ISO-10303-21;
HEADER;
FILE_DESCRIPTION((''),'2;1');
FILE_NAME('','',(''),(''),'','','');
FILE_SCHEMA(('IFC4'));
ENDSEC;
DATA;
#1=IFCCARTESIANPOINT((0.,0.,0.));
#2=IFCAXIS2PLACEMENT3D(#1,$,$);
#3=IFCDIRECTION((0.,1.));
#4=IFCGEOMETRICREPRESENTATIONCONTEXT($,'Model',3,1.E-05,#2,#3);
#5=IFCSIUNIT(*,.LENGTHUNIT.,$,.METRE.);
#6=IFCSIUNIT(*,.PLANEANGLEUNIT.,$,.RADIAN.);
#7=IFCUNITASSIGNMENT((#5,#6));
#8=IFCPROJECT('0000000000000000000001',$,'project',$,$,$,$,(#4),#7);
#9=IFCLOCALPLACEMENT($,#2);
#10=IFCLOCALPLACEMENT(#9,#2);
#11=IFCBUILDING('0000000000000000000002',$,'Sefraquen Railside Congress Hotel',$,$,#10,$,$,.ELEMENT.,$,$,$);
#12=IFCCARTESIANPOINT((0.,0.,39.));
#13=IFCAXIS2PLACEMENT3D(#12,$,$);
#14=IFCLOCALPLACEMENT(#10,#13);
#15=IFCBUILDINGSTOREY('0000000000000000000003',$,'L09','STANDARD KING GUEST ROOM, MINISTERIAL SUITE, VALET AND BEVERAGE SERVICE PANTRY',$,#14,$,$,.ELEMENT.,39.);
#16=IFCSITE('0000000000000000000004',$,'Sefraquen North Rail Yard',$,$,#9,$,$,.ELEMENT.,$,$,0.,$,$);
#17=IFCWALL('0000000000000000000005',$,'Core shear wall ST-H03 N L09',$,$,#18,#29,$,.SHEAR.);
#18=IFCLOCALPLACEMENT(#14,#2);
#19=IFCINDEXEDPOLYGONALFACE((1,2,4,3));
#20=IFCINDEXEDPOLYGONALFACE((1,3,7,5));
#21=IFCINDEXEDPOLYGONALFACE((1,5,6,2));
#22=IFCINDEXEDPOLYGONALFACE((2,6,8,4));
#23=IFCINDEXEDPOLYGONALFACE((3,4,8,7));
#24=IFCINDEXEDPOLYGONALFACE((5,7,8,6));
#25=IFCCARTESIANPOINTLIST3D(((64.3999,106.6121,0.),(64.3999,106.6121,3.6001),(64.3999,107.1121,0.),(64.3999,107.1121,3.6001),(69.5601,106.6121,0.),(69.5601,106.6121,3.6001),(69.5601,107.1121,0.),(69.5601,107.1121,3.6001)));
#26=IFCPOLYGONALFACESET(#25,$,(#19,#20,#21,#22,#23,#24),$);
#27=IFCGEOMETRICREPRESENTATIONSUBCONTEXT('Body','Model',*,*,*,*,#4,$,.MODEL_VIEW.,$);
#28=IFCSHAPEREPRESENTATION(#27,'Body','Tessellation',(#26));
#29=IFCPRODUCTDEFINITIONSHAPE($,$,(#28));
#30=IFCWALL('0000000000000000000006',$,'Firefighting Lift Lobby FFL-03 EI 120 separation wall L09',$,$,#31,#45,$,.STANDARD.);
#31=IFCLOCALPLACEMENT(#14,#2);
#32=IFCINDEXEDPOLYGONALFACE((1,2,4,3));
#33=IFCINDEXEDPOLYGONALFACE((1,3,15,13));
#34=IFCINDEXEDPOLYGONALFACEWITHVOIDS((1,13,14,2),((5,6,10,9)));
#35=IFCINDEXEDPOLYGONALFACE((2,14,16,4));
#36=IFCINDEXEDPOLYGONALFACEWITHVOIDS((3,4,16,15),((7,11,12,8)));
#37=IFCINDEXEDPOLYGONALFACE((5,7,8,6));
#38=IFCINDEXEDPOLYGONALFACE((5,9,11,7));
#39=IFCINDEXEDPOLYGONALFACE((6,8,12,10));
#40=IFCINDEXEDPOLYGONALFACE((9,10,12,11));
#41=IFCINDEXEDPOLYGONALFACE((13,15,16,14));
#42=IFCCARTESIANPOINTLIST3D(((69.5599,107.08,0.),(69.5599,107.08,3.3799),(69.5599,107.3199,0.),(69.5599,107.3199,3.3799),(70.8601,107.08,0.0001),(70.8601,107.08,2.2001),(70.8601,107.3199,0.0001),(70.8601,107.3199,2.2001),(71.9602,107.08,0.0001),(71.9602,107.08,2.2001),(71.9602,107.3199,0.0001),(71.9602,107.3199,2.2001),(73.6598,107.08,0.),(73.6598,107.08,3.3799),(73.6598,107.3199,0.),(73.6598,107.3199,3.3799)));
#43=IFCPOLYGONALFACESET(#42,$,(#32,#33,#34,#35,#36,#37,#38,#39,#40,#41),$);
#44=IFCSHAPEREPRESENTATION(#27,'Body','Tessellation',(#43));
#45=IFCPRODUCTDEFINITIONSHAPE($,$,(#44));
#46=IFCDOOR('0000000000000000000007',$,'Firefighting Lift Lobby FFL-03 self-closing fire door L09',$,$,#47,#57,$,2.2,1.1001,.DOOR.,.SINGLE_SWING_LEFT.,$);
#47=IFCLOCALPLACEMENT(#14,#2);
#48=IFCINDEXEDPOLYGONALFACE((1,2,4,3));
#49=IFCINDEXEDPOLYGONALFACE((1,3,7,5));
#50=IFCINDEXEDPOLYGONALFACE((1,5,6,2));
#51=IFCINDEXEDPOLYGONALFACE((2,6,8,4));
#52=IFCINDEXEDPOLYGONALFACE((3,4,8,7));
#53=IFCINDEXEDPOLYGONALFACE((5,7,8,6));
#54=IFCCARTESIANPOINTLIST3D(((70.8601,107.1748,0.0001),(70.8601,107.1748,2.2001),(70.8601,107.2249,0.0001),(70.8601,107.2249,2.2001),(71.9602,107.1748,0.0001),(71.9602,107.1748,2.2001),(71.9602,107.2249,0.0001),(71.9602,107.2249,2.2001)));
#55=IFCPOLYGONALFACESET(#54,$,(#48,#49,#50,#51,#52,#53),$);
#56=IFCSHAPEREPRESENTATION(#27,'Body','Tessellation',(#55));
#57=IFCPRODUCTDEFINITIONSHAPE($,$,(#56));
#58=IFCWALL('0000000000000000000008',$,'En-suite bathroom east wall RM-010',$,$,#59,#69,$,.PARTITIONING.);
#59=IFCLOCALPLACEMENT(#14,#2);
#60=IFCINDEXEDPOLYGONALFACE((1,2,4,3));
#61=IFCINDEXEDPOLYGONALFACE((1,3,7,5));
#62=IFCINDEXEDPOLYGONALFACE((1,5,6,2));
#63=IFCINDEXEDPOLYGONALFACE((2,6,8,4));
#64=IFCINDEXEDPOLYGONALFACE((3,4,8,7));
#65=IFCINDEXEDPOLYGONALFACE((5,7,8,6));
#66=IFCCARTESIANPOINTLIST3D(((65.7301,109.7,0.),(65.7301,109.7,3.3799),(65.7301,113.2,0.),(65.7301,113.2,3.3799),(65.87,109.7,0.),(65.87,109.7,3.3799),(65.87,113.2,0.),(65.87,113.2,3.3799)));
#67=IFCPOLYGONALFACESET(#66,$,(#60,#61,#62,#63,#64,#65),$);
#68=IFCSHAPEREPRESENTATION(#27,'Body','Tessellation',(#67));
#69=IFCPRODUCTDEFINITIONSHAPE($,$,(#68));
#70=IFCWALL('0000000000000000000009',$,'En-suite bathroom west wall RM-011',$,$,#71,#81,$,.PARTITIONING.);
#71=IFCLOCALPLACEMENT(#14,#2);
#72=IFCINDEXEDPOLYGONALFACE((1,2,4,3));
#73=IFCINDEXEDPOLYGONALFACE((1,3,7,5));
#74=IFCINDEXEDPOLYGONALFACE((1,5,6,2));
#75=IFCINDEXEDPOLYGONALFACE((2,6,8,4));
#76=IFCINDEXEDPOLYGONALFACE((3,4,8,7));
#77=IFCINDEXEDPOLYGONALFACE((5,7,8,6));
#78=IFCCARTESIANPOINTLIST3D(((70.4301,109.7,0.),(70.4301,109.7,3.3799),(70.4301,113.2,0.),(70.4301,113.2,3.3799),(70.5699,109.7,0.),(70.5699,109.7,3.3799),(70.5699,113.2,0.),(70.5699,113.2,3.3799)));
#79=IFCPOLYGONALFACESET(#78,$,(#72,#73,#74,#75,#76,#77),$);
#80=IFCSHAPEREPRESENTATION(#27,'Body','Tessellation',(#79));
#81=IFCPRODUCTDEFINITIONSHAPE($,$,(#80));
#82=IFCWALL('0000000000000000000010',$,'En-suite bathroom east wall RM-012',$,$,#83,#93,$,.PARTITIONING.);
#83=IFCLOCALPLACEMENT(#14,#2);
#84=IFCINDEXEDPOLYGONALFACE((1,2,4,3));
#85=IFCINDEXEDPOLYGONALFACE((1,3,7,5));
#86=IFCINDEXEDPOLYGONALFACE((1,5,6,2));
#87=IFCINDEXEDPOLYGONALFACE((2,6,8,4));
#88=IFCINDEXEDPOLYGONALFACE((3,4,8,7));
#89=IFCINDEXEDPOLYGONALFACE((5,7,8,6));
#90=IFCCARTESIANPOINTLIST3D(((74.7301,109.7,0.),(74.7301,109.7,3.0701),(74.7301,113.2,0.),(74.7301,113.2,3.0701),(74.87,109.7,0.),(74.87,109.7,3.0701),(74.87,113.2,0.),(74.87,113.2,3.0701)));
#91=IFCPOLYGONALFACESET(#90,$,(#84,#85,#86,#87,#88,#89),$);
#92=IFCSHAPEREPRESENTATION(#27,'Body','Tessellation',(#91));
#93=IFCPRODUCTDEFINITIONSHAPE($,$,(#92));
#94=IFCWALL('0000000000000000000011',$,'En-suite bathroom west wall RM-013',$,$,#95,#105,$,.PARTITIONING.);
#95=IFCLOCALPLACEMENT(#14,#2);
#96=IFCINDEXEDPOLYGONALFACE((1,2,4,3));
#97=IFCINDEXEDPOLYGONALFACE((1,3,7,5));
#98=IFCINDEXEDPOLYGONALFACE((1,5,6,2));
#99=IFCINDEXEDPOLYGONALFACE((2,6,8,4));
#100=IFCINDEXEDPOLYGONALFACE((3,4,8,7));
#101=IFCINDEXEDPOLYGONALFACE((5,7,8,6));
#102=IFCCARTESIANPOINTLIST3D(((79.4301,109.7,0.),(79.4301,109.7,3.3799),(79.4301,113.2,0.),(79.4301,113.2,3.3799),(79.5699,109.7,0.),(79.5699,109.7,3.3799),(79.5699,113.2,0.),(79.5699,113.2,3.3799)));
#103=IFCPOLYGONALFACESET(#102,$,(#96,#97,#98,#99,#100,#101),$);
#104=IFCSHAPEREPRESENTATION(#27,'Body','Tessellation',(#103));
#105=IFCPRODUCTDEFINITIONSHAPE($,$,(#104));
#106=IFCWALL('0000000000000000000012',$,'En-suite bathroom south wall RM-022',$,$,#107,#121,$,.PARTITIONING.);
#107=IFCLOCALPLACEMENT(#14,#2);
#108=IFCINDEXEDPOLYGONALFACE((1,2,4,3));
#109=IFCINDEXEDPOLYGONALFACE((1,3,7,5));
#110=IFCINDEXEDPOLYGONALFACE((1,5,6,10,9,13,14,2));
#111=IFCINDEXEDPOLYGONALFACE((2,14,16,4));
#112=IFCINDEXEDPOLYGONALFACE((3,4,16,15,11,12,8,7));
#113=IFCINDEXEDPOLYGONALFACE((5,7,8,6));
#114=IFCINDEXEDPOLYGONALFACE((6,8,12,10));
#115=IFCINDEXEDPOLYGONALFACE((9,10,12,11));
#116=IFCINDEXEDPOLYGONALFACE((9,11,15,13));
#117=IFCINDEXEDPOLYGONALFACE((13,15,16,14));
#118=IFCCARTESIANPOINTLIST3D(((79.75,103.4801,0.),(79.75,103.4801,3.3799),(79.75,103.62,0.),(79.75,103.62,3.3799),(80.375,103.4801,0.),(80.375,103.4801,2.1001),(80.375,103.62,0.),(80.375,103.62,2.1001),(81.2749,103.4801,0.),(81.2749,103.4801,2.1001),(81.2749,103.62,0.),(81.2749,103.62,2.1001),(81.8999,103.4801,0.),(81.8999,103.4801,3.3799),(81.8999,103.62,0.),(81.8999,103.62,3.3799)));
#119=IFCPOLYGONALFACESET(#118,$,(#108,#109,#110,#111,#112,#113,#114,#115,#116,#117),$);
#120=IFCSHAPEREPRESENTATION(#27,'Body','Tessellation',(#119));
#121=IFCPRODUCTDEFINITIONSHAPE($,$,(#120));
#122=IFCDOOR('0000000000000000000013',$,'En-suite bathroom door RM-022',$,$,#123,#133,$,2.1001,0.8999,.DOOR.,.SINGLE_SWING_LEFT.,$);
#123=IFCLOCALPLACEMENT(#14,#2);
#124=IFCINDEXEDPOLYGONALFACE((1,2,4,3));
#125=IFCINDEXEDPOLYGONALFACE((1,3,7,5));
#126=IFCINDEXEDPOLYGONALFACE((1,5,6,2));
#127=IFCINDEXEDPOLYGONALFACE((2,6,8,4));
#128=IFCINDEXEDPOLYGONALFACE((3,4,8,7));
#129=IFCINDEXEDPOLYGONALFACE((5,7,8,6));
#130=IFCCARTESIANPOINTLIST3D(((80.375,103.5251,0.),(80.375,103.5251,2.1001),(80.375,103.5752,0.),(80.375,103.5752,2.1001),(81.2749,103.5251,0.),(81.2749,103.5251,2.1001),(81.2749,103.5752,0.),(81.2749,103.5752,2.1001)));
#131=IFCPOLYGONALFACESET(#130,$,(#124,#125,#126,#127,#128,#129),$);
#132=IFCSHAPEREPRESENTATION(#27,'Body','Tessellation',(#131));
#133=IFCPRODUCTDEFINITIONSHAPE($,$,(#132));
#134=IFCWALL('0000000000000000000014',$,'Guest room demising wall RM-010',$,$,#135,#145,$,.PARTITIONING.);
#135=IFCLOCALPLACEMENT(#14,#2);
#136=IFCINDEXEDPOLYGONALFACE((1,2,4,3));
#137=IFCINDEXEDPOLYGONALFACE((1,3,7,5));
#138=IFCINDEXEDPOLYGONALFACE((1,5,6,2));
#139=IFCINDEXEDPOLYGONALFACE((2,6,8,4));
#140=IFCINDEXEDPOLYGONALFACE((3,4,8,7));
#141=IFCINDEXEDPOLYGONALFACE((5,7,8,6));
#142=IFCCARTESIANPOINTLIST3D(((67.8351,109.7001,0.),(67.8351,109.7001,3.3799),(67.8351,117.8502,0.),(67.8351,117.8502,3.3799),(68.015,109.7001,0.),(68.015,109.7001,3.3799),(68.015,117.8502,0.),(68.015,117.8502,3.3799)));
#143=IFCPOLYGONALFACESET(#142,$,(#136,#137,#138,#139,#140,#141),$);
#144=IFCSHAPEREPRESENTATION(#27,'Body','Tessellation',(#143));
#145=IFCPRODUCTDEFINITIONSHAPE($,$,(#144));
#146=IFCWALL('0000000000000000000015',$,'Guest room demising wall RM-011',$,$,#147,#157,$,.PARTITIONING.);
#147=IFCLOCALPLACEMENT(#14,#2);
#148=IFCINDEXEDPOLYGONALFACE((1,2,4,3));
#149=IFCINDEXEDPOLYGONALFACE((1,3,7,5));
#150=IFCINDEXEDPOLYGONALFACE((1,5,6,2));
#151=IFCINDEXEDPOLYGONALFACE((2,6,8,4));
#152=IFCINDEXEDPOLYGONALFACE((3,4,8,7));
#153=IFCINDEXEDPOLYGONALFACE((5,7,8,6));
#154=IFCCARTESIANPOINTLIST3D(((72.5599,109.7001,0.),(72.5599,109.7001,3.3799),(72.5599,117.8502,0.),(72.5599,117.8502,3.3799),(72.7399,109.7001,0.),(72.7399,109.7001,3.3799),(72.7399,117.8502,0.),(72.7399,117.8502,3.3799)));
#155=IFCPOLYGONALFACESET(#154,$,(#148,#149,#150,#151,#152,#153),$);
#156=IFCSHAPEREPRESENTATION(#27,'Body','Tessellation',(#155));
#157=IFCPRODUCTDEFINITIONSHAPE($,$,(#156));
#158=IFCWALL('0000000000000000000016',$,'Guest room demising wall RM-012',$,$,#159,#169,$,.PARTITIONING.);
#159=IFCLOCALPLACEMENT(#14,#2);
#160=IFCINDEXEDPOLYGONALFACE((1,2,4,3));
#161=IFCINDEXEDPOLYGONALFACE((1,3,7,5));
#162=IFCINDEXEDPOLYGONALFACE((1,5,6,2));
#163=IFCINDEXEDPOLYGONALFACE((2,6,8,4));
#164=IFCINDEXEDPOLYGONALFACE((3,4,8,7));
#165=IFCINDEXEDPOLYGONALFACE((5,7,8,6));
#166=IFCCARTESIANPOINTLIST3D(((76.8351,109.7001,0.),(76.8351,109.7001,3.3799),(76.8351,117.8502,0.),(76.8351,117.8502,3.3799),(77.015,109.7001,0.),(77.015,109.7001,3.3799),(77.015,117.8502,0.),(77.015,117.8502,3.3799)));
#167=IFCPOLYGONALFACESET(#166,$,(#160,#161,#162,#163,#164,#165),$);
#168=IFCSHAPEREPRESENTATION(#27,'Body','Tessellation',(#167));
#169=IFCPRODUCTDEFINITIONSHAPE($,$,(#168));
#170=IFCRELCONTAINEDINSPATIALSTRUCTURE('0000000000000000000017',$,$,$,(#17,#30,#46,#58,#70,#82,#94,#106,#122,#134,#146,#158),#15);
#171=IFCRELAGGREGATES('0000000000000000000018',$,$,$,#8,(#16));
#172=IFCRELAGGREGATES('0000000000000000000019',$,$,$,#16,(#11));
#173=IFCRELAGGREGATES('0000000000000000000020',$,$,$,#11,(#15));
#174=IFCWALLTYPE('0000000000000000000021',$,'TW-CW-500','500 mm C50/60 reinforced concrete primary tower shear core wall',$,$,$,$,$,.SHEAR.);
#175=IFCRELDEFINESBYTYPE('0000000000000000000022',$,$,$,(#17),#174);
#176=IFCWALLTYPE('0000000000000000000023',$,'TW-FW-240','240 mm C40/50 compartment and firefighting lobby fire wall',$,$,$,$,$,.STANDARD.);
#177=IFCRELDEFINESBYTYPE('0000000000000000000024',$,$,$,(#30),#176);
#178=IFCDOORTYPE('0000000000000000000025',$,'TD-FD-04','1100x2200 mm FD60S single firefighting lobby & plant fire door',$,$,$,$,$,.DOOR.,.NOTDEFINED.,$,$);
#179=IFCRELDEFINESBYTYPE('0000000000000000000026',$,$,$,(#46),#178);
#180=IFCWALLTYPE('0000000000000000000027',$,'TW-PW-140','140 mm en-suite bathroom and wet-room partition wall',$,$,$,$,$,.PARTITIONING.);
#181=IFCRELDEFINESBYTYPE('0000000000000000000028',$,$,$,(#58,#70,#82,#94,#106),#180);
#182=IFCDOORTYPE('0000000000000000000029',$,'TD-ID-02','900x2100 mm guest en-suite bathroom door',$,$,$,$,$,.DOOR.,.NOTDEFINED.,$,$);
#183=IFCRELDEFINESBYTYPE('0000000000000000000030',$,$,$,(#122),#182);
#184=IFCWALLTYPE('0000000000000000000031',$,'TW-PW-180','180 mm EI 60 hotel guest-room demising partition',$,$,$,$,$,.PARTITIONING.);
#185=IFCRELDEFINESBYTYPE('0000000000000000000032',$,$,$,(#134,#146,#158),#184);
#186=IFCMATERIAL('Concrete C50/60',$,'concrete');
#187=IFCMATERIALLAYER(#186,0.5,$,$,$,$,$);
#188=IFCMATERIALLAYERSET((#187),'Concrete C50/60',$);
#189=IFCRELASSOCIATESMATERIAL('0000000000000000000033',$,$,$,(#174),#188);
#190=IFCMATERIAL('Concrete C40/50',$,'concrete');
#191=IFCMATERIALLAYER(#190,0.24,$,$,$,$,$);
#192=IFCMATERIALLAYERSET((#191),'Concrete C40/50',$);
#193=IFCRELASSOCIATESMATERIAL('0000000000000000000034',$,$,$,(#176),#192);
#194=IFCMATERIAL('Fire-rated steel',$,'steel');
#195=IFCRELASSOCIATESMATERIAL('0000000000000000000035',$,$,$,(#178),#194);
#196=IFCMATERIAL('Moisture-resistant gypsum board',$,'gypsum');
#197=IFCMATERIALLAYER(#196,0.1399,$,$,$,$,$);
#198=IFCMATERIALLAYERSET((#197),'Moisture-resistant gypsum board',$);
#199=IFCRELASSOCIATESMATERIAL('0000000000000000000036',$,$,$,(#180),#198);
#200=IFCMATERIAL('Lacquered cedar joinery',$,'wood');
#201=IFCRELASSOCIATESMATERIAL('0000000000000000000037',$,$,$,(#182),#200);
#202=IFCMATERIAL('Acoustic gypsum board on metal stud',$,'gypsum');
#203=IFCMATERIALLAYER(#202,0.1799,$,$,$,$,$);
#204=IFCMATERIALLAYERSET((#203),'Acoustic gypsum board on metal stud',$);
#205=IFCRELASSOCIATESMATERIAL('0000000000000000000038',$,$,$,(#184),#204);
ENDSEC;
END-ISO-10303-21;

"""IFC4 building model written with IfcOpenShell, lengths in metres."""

from ifc_helpers import new_model, si_unit, direction, frame, frame_2d, origin, place, context, subcontext, project, spatial, rectangle, extrude, material, layer, layer_set, type_object, element, fill, save


model = new_model("IFC4")

# Units and contexts
model_context = context("Model", 3, precision=1e-05, world=origin(), true_north=direction((0.0, 1.0)))
body_context = subcontext(model_context, "Body", "Model", "MODEL_VIEW")
ifc_project = project(units=[si_unit("LENGTHUNIT", "METRE"), si_unit("PLANEANGLEUNIT", "RADIAN")], contexts=[model_context])

# Site, building, storey
site_placement = place(None, origin())
site = spatial("IfcSite", under=ifc_project, at=site_placement, Name="Sefraquen North Rail Yard", CompositionType="ELEMENT", RefElevation=0.0)
building_placement = place(site_placement, origin())
building = spatial("IfcBuilding", under=site, at=building_placement, Name="Sefraquen Railside Congress Hotel", CompositionType="ELEMENT")
storey_placement = place(building_placement, frame((0.0, 0.0, 39.0)))
storey = spatial("IfcBuildingStorey", under=building, at=storey_placement, Name="L09", Description="STANDARD KING GUEST ROOM, MINISTERIAL SUITE, VALET AND BEVERAGE SERVICE PANTRY", CompositionType="ELEMENT", Elevation=39.0)

# Wall
ifc_material_1 = material(Name="Concrete C50/60", Category="concrete")
ifc_layer_1 = layer(ifc_material_1, 0.5)
ifc_layer_set_1 = layer_set([ifc_layer_1], Name="Concrete C50/60")
wall_type_1 = type_object("IfcWallType", Name="TW-CW-500", Description="500 mm C50/60 reinforced concrete primary tower shear core wall", PredefinedType="SHEAR", material=ifc_layer_set_1)
wall_1_placement = place(storey_placement, frame((64.3999, 106.8621, 0.0), z_axis=(0.0, 0.0, 1.0), x_axis=(1.0, 0.0, 0.0)))
element("IfcWall", 1, at=wall_1_placement, inside=storey, type_object=wall_type_1, Name="Core shear wall ST-H03 N L09", PredefinedType="SHEAR", context=body_context, shape_type="SweptSolid", body=[
    extrude(rectangle(XDim=5.1602, YDim=0.5, at=frame_2d((2.5801, 0.0))), origin(), (0.0, 0.0, 1.0), 3.6001),
])

# Wall, opening, door
ifc_material_2 = material(Name="Concrete C40/50", Category="concrete")
ifc_layer_2 = layer(ifc_material_2, 0.24)
ifc_layer_set_2 = layer_set([ifc_layer_2], Name="Concrete C40/50")
wall_type_2 = type_object("IfcWallType", Name="TW-FW-240", Description="240 mm C40/50 compartment and firefighting lobby fire wall", PredefinedType="STANDARD", material=ifc_layer_set_2)
wall_2_placement = place(storey_placement, frame((69.5601, 107.2, 0.0), z_axis=(0.0, 0.0, 1.0), x_axis=(1.0, 0.0, 0.0)))
wall_2 = element("IfcWall", 2, at=wall_2_placement, inside=storey, type_object=wall_type_2, Name="Firefighting Lift Lobby FFL-03 EI 120 separation wall L09", PredefinedType="STANDARD", context=body_context, shape_type="SweptSolid", body=[
    extrude(rectangle(XDim=4.0999, YDim=0.24, at=frame_2d((2.0498, 0.0))), origin(), (0.0, 0.0, 1.0), 3.3799),
])
opening_1_placement = place(wall_2_placement, frame((1.3, 0.0, 0.0)))
opening_1 = element("IfcOpeningElement", 3, at=opening_1_placement, cuts=wall_2, PredefinedType="OPENING", context=body_context, shape_type="SweptSolid", body=[
    extrude(rectangle(XDim=1.1001, YDim=2.2, at=frame_2d((0.55, 1.1001))), frame((0.0, 0.1299, 0.0), z_axis=(0.0, -1.0, 0.0), x_axis=(1.0, 0.0, 0.0)), (0.0, 0.0, 1.0), 0.26),
])
ifc_material_3 = material(Name="Fire-rated steel", Category="steel")
door_type_1 = type_object("IfcDoorType", Name="TD-FD-04", Description="1100x2200 mm FD60S single firefighting lobby & plant fire door", OperationType="NOTDEFINED", PredefinedType="DOOR", material=ifc_material_3)
door_1_placement = place(opening_1_placement, origin())
door_1 = element("IfcDoor", 4, at=door_1_placement, inside=storey, type_object=door_type_1, Name="Firefighting Lift Lobby FFL-03 self-closing fire door L09", OperationType="SINGLE_SWING_LEFT", OverallHeight=2.2, OverallWidth=1.1001, PredefinedType="DOOR", context=body_context, shape_type="SweptSolid", body=[
    extrude(rectangle(XDim=1.1001, YDim=2.2, at=frame_2d((0.55, 1.1001))), frame((0.0, 0.0249, 0.0), z_axis=(0.0, -1.0, 0.0), x_axis=(1.0, 0.0, 0.0)), (0.0, 0.0, 1.0), 0.05),
])
fill(opening_1, door_1)

# Walls
ifc_material_4 = material(Name="Moisture-resistant gypsum board", Category="gypsum")
ifc_layer_3 = layer(ifc_material_4, 0.1399)
ifc_layer_set_3 = layer_set([ifc_layer_3], Name="Moisture-resistant gypsum board")
wall_type_3 = type_object("IfcWallType", Name="TW-PW-140", Description="140 mm en-suite bathroom and wet-room partition wall", PredefinedType="PARTITIONING", material=ifc_layer_set_3)
for number, where, z_axis, x_axis, name in (
    (5, (65.8, 109.7, 0.0), (0.0, 0.0, 1.0), (0.0, 1.0, 0.0), "En-suite bathroom east wall RM-010"),
    (6, (70.5, 109.7, 0.0), (0.0, 0.0, 1.0), (0.0, 1.0, 0.0), "En-suite bathroom west wall RM-011"),
):
    element("IfcWall", number, at=place(storey_placement, frame(where, z_axis=z_axis, x_axis=x_axis)), inside=storey, type_object=wall_type_3, Name=name, PredefinedType="PARTITIONING", context=body_context, shape_type="SweptSolid", body=[
        extrude(rectangle(XDim=3.5, YDim=0.1399, at=frame_2d((1.75, 0.0))), origin(), (0.0, 0.0, 1.0), 3.3799),
    ])
wall_3_placement = place(storey_placement, frame((74.8, 109.7, 0.0), z_axis=(0.0, 0.0, 1.0), x_axis=(0.0, 1.0, 0.0)))
element("IfcWall", 7, at=wall_3_placement, inside=storey, type_object=wall_type_3, Name="En-suite bathroom east wall RM-012", PredefinedType="PARTITIONING", context=body_context, shape_type="SweptSolid", body=[
    extrude(rectangle(XDim=3.5, YDim=0.1399, at=frame_2d((1.75, 0.0))), origin(), (0.0, 0.0, 1.0), 3.0701),
])
wall_4_placement = place(storey_placement, frame((79.5, 109.7, 0.0), z_axis=(0.0, 0.0, 1.0), x_axis=(0.0, 1.0, 0.0)))
element("IfcWall", 8, at=wall_4_placement, inside=storey, type_object=wall_type_3, Name="En-suite bathroom west wall RM-013", PredefinedType="PARTITIONING", context=body_context, shape_type="SweptSolid", body=[
    extrude(rectangle(XDim=3.5, YDim=0.1399, at=frame_2d((1.75, 0.0))), origin(), (0.0, 0.0, 1.0), 3.3799),
])

# Wall, opening, door
wall_5_placement = place(storey_placement, frame((79.75, 103.55, 0.0), z_axis=(0.0, 0.0, 1.0), x_axis=(1.0, 0.0, 0.0)))
wall_5 = element("IfcWall", 9, at=wall_5_placement, inside=storey, type_object=wall_type_3, Name="En-suite bathroom south wall RM-022", PredefinedType="PARTITIONING", context=body_context, shape_type="SweptSolid", body=[
    extrude(rectangle(XDim=2.1499, YDim=0.1399, at=frame_2d((1.075, 0.0))), origin(), (0.0, 0.0, 1.0), 3.3799),
])
opening_2_placement = place(wall_5_placement, frame((0.625, 0.0, 0.0)))
opening_2 = element("IfcOpeningElement", 10, at=opening_2_placement, cuts=wall_5, PredefinedType="OPENING", context=body_context, shape_type="SweptSolid", body=[
    extrude(rectangle(XDim=0.8999, YDim=2.1001, at=frame_2d((0.45, 1.05))), frame((0.0, 0.0798, 0.0), z_axis=(0.0, -1.0, 0.0), x_axis=(1.0, 0.0, 0.0)), (0.0, 0.0, 1.0), 0.1599),
])
ifc_material_5 = material(Name="Lacquered cedar joinery", Category="wood")
door_type_2 = type_object("IfcDoorType", Name="TD-ID-02", Description="900x2100 mm guest en-suite bathroom door", OperationType="NOTDEFINED", PredefinedType="DOOR", material=ifc_material_5)
door_2_placement = place(opening_2_placement, frame((0.8999, 0.0, 0.0), z_axis=(0.0, 0.0, 1.0), x_axis=(-1.0, 0.0, 0.0)))
door_2 = element("IfcDoor", 11, at=door_2_placement, inside=storey, type_object=door_type_2, Name="En-suite bathroom door RM-022", OperationType="SINGLE_SWING_LEFT", OverallHeight=2.1001, OverallWidth=0.8999, PredefinedType="DOOR", context=body_context, shape_type="SweptSolid", body=[
    extrude(rectangle(XDim=0.8999, YDim=2.1001, at=frame_2d((0.45, 1.05))), frame((0.0, 0.0249, 0.0), z_axis=(0.0, -1.0, 0.0), x_axis=(1.0, 0.0, 0.0)), (0.0, 0.0, 1.0), 0.05),
])
fill(opening_2, door_2)

# Walls
ifc_material_6 = material(Name="Acoustic gypsum board on metal stud", Category="gypsum")
ifc_layer_4 = layer(ifc_material_6, 0.1799)
ifc_layer_set_4 = layer_set([ifc_layer_4], Name="Acoustic gypsum board on metal stud")
wall_type_4 = type_object("IfcWallType", Name="TW-PW-180", Description="180 mm EI 60 hotel guest-room demising partition", PredefinedType="PARTITIONING", material=ifc_layer_set_4)
for number, where, z_axis, x_axis, name in (
    (12, (67.925, 109.7, 0.0), (0.0, 0.0, 1.0), (0.0, 1.0, 0.0), "Guest room demising wall RM-010"),
    (13, (72.6499, 109.7, 0.0), (0.0, 0.0, 1.0), (0.0, 1.0, 0.0), "Guest room demising wall RM-011"),
    (14, (76.925, 109.7, 0.0), (0.0, 0.0, 1.0), (0.0, 1.0, 0.0), "Guest room demising wall RM-012"),
):
    element("IfcWall", number, at=place(storey_placement, frame(where, z_axis=z_axis, x_axis=x_axis)), inside=storey, type_object=wall_type_4, Name=name, PredefinedType="PARTITIONING", context=body_context, shape_type="SweptSolid", body=[
        extrude(rectangle(XDim=8.1501, YDim=0.1799, at=frame_2d((4.0752, 0.0))), origin(), (0.0, 0.0, 1.0), 3.3799),
    ])

save(model, "model.ifc")
